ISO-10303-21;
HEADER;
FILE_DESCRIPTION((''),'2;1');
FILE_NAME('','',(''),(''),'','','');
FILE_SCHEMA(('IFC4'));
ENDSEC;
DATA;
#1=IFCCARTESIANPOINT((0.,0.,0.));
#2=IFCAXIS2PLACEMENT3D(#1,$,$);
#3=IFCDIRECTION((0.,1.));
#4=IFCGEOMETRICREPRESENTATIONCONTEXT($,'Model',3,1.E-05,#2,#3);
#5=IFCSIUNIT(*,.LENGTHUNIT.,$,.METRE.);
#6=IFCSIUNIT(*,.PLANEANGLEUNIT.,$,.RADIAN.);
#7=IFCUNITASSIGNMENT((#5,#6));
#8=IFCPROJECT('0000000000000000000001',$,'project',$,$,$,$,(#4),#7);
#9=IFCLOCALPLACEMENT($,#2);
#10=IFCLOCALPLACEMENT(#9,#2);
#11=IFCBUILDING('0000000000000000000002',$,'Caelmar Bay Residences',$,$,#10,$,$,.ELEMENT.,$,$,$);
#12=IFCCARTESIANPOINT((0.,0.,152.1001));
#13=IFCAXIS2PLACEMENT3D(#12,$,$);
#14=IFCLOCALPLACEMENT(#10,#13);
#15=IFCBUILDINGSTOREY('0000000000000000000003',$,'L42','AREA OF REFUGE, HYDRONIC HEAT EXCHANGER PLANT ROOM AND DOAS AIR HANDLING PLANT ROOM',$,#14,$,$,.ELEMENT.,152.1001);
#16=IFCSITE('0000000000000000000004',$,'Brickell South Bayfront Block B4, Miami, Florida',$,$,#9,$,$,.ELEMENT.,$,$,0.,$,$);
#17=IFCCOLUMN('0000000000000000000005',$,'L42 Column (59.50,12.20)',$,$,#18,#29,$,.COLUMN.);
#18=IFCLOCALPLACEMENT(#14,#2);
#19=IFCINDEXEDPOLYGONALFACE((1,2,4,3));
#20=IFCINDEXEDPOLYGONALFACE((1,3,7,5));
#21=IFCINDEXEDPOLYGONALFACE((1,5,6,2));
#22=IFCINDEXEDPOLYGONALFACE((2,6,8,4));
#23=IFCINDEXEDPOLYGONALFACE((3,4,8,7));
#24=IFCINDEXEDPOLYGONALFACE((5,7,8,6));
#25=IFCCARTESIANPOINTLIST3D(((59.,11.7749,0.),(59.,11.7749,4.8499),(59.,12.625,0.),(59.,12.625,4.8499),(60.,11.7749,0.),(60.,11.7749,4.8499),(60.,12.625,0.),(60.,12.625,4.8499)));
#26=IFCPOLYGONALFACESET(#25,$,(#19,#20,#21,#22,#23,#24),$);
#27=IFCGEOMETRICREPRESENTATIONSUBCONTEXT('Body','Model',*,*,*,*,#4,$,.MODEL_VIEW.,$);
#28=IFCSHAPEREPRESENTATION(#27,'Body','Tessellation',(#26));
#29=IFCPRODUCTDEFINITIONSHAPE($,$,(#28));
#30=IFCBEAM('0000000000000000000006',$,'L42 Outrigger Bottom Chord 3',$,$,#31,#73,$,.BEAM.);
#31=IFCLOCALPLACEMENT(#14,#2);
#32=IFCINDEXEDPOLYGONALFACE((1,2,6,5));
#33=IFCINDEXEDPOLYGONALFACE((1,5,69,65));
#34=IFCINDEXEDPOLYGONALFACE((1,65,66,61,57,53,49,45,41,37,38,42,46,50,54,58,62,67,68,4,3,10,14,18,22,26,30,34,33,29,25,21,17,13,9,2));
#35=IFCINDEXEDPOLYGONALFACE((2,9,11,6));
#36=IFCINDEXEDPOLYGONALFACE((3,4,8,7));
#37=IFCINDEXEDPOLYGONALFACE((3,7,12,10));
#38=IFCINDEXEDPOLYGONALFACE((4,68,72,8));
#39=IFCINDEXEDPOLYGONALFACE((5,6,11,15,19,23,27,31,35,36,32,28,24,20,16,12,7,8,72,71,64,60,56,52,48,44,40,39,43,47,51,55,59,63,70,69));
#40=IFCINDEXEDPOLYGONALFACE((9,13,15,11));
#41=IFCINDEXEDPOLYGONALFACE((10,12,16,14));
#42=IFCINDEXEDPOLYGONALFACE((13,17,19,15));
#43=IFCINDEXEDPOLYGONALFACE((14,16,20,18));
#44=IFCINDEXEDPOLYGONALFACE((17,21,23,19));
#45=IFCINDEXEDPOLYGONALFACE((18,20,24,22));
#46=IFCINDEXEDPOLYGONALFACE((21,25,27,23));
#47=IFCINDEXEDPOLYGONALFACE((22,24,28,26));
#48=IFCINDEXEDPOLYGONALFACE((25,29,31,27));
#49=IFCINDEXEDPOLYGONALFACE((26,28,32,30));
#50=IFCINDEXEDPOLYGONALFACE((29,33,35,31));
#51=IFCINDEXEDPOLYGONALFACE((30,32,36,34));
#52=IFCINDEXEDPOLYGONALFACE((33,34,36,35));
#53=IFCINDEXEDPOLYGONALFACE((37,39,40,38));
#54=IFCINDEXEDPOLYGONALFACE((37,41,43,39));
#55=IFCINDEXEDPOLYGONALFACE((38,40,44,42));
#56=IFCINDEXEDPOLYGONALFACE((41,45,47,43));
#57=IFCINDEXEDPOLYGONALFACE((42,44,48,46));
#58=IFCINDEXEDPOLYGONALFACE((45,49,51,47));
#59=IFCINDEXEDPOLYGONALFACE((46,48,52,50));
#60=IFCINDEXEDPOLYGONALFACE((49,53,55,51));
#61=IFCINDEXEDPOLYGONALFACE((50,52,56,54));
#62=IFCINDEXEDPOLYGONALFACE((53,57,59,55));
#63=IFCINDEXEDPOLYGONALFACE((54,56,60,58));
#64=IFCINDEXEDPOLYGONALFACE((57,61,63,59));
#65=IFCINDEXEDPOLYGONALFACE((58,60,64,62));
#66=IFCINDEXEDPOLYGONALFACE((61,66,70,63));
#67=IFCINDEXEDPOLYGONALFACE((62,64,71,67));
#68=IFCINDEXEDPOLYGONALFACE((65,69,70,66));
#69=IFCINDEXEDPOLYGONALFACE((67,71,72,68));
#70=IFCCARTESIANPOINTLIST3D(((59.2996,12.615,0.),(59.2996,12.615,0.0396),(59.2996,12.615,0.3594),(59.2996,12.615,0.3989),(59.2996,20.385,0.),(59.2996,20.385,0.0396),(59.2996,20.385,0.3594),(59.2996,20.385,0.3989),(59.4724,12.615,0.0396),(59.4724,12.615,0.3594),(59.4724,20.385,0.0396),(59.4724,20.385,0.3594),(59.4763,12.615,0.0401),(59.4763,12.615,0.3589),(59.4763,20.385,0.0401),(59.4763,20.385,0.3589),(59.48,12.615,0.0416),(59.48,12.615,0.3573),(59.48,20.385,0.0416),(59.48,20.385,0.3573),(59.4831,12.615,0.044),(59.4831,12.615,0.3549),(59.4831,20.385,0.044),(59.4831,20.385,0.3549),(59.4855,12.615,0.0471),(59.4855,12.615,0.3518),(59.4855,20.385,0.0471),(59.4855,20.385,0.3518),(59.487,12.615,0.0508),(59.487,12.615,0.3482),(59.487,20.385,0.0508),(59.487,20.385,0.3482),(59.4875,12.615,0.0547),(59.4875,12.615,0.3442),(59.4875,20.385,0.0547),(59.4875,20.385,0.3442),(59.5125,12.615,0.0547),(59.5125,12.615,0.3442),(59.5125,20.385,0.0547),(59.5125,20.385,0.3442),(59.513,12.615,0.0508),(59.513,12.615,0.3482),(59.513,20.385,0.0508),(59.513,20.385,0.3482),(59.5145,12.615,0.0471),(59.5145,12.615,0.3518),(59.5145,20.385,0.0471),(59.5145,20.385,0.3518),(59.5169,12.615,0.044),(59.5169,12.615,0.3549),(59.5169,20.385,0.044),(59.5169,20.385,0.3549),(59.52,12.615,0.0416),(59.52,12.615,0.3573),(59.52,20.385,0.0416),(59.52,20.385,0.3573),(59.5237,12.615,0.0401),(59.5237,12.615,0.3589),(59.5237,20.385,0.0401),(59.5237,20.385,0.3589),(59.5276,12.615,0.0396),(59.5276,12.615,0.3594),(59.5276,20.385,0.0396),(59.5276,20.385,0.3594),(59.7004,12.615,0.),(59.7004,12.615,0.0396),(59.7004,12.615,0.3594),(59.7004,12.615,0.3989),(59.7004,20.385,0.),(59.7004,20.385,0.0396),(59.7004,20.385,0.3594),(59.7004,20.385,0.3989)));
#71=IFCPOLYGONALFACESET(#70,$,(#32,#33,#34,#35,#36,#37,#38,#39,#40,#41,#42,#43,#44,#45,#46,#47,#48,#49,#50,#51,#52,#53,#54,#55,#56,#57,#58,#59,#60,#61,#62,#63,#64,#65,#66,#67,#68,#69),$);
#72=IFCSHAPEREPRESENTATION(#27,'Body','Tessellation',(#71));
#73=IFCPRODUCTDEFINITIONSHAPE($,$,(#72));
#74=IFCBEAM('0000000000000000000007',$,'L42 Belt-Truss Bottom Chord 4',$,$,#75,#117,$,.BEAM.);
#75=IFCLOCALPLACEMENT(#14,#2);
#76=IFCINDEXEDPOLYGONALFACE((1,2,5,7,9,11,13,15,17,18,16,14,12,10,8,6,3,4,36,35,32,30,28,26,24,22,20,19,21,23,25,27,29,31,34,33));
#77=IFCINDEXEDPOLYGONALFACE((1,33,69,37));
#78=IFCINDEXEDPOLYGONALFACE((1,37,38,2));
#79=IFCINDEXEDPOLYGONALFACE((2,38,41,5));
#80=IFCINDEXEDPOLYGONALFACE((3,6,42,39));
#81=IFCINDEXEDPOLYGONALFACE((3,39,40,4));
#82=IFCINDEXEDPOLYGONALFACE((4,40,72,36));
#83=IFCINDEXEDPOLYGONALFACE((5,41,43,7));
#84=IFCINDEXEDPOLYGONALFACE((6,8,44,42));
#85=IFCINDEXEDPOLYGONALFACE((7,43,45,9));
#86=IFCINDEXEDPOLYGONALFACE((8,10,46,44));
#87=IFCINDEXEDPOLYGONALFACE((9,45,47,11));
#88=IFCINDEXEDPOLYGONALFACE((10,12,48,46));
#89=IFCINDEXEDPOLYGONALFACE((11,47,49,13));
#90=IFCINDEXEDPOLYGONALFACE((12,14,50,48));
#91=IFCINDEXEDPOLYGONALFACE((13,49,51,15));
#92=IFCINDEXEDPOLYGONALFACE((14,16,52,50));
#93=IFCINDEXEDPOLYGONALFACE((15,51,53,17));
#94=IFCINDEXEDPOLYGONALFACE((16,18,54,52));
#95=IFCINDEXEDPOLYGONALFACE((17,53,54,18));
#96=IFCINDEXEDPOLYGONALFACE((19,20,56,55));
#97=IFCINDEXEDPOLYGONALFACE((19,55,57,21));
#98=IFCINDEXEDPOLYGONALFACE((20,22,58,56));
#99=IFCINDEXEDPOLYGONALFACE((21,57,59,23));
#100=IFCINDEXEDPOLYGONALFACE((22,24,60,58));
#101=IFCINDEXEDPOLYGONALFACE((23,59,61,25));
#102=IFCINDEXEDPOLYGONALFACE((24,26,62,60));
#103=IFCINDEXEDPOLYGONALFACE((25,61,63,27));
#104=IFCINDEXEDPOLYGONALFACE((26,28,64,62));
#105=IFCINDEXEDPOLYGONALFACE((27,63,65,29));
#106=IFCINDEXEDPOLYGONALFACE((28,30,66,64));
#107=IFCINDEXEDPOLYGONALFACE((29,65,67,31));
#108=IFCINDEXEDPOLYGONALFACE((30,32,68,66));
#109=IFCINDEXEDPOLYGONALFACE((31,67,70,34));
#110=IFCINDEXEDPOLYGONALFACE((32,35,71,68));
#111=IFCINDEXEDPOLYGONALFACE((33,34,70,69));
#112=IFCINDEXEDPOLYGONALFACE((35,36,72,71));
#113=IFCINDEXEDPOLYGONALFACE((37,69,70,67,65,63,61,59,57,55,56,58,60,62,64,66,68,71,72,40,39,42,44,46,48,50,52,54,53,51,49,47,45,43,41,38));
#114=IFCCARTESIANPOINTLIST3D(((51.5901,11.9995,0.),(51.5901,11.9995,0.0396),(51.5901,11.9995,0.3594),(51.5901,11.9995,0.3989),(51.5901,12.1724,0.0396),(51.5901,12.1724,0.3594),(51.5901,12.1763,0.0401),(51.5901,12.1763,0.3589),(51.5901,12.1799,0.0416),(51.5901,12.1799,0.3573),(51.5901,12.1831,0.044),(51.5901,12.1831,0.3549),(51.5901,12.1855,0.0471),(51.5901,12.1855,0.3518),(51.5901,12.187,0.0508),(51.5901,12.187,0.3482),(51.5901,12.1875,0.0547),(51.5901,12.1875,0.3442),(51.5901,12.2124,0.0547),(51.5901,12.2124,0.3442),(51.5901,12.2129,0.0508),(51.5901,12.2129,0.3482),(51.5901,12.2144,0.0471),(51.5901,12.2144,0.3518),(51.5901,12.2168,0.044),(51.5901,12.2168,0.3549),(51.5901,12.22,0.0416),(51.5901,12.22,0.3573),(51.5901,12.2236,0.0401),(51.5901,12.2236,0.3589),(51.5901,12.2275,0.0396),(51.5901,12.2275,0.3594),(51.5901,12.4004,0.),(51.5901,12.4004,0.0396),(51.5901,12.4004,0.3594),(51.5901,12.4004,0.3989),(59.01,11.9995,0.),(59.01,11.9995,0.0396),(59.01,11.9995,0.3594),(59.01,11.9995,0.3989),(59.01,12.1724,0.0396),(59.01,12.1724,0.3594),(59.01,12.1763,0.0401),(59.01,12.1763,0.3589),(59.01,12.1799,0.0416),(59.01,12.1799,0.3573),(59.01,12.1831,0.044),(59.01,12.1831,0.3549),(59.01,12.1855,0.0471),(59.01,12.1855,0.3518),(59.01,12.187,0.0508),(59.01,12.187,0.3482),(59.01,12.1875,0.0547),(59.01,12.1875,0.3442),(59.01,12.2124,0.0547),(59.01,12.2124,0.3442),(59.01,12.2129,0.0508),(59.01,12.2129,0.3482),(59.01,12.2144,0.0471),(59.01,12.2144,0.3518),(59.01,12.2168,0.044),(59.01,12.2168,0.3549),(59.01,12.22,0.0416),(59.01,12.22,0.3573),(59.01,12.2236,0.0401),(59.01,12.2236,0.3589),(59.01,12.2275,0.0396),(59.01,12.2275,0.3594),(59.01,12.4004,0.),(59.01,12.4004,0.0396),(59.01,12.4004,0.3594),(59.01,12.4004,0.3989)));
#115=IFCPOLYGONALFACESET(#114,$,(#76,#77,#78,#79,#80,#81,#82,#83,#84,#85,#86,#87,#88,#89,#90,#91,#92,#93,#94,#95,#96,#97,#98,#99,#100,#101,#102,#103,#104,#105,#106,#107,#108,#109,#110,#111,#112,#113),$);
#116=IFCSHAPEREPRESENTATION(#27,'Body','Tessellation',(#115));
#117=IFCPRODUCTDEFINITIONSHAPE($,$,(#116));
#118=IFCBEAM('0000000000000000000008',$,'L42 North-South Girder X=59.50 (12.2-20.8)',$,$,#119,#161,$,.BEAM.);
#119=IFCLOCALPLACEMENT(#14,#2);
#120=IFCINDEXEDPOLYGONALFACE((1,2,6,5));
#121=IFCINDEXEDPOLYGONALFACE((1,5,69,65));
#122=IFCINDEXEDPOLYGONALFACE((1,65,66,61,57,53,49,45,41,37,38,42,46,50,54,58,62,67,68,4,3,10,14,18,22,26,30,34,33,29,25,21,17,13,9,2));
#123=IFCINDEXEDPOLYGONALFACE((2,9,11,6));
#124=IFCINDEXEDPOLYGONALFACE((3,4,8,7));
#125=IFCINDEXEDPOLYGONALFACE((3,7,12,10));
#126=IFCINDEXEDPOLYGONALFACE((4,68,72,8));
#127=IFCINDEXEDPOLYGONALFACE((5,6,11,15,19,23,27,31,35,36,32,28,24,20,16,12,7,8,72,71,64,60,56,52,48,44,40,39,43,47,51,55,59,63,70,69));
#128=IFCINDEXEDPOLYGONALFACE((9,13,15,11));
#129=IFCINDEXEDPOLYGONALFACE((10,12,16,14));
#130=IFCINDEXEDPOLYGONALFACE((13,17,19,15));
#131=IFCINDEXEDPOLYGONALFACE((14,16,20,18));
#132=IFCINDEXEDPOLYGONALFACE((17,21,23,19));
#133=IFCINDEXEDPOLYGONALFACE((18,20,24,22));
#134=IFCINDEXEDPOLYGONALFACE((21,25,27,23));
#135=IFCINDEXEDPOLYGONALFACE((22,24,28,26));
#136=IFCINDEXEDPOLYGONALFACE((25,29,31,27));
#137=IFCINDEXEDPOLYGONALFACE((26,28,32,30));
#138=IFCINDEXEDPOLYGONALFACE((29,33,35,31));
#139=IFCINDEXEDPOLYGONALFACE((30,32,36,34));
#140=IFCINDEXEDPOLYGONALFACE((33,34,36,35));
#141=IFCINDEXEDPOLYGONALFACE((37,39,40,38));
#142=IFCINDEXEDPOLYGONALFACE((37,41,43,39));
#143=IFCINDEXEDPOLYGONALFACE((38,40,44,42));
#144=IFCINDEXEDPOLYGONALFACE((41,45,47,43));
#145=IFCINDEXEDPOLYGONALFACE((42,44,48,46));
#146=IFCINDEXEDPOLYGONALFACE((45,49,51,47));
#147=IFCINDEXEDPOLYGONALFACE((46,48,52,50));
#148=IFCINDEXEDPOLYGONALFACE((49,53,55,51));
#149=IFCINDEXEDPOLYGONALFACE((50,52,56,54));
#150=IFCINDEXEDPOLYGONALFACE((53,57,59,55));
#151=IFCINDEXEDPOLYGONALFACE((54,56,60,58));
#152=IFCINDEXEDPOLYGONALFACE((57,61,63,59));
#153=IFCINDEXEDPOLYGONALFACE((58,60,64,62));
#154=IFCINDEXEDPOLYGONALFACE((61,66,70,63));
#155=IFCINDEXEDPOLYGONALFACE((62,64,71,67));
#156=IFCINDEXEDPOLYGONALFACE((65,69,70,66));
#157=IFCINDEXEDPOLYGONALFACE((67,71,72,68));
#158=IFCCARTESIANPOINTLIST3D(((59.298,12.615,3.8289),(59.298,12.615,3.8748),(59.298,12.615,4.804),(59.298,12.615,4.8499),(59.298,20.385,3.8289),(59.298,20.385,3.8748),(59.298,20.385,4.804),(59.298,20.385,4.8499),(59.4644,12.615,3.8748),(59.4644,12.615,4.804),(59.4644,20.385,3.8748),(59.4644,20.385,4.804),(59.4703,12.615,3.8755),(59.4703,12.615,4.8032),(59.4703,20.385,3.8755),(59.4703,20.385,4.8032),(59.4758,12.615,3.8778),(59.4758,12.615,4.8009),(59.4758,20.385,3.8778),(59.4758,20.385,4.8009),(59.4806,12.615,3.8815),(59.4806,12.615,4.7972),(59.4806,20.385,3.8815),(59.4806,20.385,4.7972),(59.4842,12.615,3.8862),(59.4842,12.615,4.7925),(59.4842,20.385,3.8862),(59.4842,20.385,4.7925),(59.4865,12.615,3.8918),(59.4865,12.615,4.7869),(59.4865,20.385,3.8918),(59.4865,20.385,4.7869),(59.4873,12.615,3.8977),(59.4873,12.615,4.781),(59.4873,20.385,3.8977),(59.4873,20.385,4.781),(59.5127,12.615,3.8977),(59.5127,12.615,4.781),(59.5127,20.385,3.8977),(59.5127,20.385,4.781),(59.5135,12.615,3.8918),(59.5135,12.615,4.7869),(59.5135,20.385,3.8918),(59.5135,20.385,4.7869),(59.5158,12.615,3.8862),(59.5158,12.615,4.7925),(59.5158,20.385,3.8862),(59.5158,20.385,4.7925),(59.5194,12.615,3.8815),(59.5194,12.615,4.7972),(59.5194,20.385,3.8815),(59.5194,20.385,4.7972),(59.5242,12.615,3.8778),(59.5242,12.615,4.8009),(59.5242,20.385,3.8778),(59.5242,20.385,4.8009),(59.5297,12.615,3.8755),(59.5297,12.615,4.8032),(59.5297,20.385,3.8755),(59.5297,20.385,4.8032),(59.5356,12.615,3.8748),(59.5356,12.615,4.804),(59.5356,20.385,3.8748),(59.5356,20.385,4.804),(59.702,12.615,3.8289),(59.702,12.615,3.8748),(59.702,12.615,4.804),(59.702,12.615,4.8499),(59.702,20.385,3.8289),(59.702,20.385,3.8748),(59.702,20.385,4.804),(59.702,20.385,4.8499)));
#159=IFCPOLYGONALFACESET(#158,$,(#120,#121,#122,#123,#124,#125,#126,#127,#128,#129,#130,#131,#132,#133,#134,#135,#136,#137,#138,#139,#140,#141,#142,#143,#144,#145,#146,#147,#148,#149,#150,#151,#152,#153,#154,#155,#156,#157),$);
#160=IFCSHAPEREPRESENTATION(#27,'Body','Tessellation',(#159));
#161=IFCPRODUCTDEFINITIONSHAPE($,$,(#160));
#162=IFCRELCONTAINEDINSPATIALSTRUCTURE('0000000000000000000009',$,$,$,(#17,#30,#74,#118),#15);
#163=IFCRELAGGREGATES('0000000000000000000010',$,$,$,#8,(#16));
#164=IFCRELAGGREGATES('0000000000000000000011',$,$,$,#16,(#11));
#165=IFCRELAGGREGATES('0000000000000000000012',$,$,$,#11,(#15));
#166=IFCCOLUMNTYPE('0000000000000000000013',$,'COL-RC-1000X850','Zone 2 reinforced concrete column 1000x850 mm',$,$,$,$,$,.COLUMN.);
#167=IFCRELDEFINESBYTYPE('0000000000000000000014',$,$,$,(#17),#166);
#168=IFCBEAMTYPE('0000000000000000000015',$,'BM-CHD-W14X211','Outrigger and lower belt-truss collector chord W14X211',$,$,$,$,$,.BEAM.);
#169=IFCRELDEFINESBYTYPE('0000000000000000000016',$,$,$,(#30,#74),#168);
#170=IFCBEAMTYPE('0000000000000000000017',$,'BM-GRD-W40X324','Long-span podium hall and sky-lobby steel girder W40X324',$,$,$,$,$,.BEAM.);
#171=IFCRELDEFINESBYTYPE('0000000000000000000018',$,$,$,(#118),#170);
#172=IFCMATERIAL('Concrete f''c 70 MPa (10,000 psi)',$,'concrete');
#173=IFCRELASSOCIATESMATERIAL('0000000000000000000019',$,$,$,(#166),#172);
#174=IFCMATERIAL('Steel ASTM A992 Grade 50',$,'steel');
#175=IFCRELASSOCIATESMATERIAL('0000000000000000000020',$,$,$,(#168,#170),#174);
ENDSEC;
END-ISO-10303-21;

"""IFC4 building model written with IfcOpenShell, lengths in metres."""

from ifc_helpers import new_model, si_unit, direction, frame, origin, origin_2d, place, context, subcontext, project, spatial, rectangle, i_section, extrude, material, material_profile, profile_set, type_object, element, save


model = new_model("IFC4")

# Units and contexts
model_context = context("Model", 3, precision=1e-05, world=origin(), true_north=direction((0.0, 1.0)))
body_context = subcontext(model_context, "Body", "Model", "MODEL_VIEW")
ifc_project = project(units=[si_unit("LENGTHUNIT", "METRE"), si_unit("PLANEANGLEUNIT", "RADIAN")], contexts=[model_context])

# Site, building, storey
site_placement = place(None, origin())
site = spatial("IfcSite", under=ifc_project, at=site_placement, Name="Brickell South Bayfront Block B4, Miami, Florida", CompositionType="ELEMENT", RefElevation=0.0)
building_placement = place(site_placement, origin())
building = spatial("IfcBuilding", under=site, at=building_placement, Name="Caelmar Bay Residences", CompositionType="ELEMENT")
storey_placement = place(building_placement, frame((0.0, 0.0, 152.1001)))
storey = spatial("IfcBuildingStorey", under=building, at=storey_placement, Name="L42", Description="AREA OF REFUGE, HYDRONIC HEAT EXCHANGER PLANT ROOM AND DOAS AIR HANDLING PLANT ROOM", CompositionType="ELEMENT", Elevation=152.1001)

# Column
ifc_material_1 = material(Name="Concrete f'c 70 MPa (10,000 psi)", Category="concrete")
ifc_material_profile_1 = material_profile(ifc_material_1, rectangle(XDim=1.0, YDim=0.8501, at=origin_2d()), Name="RC-COL-1000X850")
ifc_profile_set_1 = profile_set([ifc_material_profile_1], Name="Concrete f'c 70 MPa (10,000 psi)")
column_type = type_object("IfcColumnType", Name="COL-RC-1000X850", Description="Zone 2 reinforced concrete column 1000x850 mm", PredefinedType="COLUMN", material=ifc_profile_set_1)
column_placement = place(storey_placement, frame((59.5, 12.2, 0.0), z_axis=(0.0, 0.0, 1.0), x_axis=(1.0, 0.0, 0.0)))
element("IfcColumn", 1, at=column_placement, inside=storey, type_object=column_type, Name="L42 Column (59.50,12.20)", PredefinedType="COLUMN", context=body_context, shape_type="SweptSolid", body=[
    extrude(rectangle(XDim=1.0, YDim=0.8501, at=origin_2d()), origin(), (0.0, 0.0, 1.0), 4.8499),
])

# Beams
ifc_material_2 = material(Name="Steel ASTM A992 Grade 50", Category="steel")
ifc_material_profile_2 = material_profile(ifc_material_2, i_section(OverallWidth=0.4009, OverallDepth=0.3989, WebThickness=0.0249, FlangeThickness=0.0396, FilletRadius=0.0151, at=origin_2d()), Name="W14X211")
ifc_profile_set_2 = profile_set([ifc_material_profile_2], Name="Steel ASTM A992 Grade 50")
beam_type_1 = type_object("IfcBeamType", Name="BM-CHD-W14X211", Description="Outrigger and lower belt-truss collector chord W14X211", PredefinedType="BEAM", material=ifc_profile_set_2)
beam_1_placement = place(storey_placement, frame((59.5, 12.615, 0.1995), z_axis=(0.0, 1.0, 0.0), x_axis=(-1.0, 0.0, 0.0)))
element("IfcBeam", 2, at=beam_1_placement, inside=storey, type_object=beam_type_1, Name="L42 Outrigger Bottom Chord 3", PredefinedType="BEAM", context=body_context, shape_type="SweptSolid", body=[
    extrude(i_section(OverallWidth=0.4009, OverallDepth=0.3989, WebThickness=0.0249, FlangeThickness=0.0396, FilletRadius=0.0151, at=origin_2d()), origin(), (0.0, 0.0, 1.0), 7.77),
])
beam_2_placement = place(storey_placement, frame((51.5901, 12.2, 0.1995), z_axis=(1.0, 0.0, 0.0), x_axis=(0.0, 1.0, 0.0)))
element("IfcBeam", 3, at=beam_2_placement, inside=storey, type_object=beam_type_1, Name="L42 Belt-Truss Bottom Chord 4", PredefinedType="BEAM", context=body_context, shape_type="SweptSolid", body=[
    extrude(i_section(OverallWidth=0.4009, OverallDepth=0.3989, WebThickness=0.0249, FlangeThickness=0.0396, FilletRadius=0.0151, at=origin_2d()), origin(), (0.0, 0.0, 1.0), 7.4199),
])
ifc_material_profile_3 = material_profile(ifc_material_2, i_section(OverallWidth=0.4041, OverallDepth=1.021, WebThickness=0.0254, FlangeThickness=0.0459, FilletRadius=0.0229, at=origin_2d()), Name="W40X324")
ifc_profile_set_3 = profile_set([ifc_material_profile_3], Name="Steel ASTM A992 Grade 50")
beam_type_2 = type_object("IfcBeamType", Name="BM-GRD-W40X324", Description="Long-span podium hall and sky-lobby steel girder W40X324", PredefinedType="BEAM", material=ifc_profile_set_3)
beam_3_placement = place(storey_placement, frame((59.5, 12.615, 4.3394), z_axis=(0.0, 1.0, 0.0), x_axis=(-1.0, 0.0, 0.0)))
element("IfcBeam", 4, at=beam_3_placement, inside=storey, type_object=beam_type_2, Name="L42 North-South Girder X=59.50 (12.2-20.8)", PredefinedType="BEAM", context=body_context, shape_type="SweptSolid", body=[
    extrude(i_section(OverallWidth=0.4041, OverallDepth=1.021, WebThickness=0.0254, FlangeThickness=0.0459, FilletRadius=0.0229, at=origin_2d()), origin(), (0.0, 0.0, 1.0), 7.77),
])

save(model, "model.ifc")
